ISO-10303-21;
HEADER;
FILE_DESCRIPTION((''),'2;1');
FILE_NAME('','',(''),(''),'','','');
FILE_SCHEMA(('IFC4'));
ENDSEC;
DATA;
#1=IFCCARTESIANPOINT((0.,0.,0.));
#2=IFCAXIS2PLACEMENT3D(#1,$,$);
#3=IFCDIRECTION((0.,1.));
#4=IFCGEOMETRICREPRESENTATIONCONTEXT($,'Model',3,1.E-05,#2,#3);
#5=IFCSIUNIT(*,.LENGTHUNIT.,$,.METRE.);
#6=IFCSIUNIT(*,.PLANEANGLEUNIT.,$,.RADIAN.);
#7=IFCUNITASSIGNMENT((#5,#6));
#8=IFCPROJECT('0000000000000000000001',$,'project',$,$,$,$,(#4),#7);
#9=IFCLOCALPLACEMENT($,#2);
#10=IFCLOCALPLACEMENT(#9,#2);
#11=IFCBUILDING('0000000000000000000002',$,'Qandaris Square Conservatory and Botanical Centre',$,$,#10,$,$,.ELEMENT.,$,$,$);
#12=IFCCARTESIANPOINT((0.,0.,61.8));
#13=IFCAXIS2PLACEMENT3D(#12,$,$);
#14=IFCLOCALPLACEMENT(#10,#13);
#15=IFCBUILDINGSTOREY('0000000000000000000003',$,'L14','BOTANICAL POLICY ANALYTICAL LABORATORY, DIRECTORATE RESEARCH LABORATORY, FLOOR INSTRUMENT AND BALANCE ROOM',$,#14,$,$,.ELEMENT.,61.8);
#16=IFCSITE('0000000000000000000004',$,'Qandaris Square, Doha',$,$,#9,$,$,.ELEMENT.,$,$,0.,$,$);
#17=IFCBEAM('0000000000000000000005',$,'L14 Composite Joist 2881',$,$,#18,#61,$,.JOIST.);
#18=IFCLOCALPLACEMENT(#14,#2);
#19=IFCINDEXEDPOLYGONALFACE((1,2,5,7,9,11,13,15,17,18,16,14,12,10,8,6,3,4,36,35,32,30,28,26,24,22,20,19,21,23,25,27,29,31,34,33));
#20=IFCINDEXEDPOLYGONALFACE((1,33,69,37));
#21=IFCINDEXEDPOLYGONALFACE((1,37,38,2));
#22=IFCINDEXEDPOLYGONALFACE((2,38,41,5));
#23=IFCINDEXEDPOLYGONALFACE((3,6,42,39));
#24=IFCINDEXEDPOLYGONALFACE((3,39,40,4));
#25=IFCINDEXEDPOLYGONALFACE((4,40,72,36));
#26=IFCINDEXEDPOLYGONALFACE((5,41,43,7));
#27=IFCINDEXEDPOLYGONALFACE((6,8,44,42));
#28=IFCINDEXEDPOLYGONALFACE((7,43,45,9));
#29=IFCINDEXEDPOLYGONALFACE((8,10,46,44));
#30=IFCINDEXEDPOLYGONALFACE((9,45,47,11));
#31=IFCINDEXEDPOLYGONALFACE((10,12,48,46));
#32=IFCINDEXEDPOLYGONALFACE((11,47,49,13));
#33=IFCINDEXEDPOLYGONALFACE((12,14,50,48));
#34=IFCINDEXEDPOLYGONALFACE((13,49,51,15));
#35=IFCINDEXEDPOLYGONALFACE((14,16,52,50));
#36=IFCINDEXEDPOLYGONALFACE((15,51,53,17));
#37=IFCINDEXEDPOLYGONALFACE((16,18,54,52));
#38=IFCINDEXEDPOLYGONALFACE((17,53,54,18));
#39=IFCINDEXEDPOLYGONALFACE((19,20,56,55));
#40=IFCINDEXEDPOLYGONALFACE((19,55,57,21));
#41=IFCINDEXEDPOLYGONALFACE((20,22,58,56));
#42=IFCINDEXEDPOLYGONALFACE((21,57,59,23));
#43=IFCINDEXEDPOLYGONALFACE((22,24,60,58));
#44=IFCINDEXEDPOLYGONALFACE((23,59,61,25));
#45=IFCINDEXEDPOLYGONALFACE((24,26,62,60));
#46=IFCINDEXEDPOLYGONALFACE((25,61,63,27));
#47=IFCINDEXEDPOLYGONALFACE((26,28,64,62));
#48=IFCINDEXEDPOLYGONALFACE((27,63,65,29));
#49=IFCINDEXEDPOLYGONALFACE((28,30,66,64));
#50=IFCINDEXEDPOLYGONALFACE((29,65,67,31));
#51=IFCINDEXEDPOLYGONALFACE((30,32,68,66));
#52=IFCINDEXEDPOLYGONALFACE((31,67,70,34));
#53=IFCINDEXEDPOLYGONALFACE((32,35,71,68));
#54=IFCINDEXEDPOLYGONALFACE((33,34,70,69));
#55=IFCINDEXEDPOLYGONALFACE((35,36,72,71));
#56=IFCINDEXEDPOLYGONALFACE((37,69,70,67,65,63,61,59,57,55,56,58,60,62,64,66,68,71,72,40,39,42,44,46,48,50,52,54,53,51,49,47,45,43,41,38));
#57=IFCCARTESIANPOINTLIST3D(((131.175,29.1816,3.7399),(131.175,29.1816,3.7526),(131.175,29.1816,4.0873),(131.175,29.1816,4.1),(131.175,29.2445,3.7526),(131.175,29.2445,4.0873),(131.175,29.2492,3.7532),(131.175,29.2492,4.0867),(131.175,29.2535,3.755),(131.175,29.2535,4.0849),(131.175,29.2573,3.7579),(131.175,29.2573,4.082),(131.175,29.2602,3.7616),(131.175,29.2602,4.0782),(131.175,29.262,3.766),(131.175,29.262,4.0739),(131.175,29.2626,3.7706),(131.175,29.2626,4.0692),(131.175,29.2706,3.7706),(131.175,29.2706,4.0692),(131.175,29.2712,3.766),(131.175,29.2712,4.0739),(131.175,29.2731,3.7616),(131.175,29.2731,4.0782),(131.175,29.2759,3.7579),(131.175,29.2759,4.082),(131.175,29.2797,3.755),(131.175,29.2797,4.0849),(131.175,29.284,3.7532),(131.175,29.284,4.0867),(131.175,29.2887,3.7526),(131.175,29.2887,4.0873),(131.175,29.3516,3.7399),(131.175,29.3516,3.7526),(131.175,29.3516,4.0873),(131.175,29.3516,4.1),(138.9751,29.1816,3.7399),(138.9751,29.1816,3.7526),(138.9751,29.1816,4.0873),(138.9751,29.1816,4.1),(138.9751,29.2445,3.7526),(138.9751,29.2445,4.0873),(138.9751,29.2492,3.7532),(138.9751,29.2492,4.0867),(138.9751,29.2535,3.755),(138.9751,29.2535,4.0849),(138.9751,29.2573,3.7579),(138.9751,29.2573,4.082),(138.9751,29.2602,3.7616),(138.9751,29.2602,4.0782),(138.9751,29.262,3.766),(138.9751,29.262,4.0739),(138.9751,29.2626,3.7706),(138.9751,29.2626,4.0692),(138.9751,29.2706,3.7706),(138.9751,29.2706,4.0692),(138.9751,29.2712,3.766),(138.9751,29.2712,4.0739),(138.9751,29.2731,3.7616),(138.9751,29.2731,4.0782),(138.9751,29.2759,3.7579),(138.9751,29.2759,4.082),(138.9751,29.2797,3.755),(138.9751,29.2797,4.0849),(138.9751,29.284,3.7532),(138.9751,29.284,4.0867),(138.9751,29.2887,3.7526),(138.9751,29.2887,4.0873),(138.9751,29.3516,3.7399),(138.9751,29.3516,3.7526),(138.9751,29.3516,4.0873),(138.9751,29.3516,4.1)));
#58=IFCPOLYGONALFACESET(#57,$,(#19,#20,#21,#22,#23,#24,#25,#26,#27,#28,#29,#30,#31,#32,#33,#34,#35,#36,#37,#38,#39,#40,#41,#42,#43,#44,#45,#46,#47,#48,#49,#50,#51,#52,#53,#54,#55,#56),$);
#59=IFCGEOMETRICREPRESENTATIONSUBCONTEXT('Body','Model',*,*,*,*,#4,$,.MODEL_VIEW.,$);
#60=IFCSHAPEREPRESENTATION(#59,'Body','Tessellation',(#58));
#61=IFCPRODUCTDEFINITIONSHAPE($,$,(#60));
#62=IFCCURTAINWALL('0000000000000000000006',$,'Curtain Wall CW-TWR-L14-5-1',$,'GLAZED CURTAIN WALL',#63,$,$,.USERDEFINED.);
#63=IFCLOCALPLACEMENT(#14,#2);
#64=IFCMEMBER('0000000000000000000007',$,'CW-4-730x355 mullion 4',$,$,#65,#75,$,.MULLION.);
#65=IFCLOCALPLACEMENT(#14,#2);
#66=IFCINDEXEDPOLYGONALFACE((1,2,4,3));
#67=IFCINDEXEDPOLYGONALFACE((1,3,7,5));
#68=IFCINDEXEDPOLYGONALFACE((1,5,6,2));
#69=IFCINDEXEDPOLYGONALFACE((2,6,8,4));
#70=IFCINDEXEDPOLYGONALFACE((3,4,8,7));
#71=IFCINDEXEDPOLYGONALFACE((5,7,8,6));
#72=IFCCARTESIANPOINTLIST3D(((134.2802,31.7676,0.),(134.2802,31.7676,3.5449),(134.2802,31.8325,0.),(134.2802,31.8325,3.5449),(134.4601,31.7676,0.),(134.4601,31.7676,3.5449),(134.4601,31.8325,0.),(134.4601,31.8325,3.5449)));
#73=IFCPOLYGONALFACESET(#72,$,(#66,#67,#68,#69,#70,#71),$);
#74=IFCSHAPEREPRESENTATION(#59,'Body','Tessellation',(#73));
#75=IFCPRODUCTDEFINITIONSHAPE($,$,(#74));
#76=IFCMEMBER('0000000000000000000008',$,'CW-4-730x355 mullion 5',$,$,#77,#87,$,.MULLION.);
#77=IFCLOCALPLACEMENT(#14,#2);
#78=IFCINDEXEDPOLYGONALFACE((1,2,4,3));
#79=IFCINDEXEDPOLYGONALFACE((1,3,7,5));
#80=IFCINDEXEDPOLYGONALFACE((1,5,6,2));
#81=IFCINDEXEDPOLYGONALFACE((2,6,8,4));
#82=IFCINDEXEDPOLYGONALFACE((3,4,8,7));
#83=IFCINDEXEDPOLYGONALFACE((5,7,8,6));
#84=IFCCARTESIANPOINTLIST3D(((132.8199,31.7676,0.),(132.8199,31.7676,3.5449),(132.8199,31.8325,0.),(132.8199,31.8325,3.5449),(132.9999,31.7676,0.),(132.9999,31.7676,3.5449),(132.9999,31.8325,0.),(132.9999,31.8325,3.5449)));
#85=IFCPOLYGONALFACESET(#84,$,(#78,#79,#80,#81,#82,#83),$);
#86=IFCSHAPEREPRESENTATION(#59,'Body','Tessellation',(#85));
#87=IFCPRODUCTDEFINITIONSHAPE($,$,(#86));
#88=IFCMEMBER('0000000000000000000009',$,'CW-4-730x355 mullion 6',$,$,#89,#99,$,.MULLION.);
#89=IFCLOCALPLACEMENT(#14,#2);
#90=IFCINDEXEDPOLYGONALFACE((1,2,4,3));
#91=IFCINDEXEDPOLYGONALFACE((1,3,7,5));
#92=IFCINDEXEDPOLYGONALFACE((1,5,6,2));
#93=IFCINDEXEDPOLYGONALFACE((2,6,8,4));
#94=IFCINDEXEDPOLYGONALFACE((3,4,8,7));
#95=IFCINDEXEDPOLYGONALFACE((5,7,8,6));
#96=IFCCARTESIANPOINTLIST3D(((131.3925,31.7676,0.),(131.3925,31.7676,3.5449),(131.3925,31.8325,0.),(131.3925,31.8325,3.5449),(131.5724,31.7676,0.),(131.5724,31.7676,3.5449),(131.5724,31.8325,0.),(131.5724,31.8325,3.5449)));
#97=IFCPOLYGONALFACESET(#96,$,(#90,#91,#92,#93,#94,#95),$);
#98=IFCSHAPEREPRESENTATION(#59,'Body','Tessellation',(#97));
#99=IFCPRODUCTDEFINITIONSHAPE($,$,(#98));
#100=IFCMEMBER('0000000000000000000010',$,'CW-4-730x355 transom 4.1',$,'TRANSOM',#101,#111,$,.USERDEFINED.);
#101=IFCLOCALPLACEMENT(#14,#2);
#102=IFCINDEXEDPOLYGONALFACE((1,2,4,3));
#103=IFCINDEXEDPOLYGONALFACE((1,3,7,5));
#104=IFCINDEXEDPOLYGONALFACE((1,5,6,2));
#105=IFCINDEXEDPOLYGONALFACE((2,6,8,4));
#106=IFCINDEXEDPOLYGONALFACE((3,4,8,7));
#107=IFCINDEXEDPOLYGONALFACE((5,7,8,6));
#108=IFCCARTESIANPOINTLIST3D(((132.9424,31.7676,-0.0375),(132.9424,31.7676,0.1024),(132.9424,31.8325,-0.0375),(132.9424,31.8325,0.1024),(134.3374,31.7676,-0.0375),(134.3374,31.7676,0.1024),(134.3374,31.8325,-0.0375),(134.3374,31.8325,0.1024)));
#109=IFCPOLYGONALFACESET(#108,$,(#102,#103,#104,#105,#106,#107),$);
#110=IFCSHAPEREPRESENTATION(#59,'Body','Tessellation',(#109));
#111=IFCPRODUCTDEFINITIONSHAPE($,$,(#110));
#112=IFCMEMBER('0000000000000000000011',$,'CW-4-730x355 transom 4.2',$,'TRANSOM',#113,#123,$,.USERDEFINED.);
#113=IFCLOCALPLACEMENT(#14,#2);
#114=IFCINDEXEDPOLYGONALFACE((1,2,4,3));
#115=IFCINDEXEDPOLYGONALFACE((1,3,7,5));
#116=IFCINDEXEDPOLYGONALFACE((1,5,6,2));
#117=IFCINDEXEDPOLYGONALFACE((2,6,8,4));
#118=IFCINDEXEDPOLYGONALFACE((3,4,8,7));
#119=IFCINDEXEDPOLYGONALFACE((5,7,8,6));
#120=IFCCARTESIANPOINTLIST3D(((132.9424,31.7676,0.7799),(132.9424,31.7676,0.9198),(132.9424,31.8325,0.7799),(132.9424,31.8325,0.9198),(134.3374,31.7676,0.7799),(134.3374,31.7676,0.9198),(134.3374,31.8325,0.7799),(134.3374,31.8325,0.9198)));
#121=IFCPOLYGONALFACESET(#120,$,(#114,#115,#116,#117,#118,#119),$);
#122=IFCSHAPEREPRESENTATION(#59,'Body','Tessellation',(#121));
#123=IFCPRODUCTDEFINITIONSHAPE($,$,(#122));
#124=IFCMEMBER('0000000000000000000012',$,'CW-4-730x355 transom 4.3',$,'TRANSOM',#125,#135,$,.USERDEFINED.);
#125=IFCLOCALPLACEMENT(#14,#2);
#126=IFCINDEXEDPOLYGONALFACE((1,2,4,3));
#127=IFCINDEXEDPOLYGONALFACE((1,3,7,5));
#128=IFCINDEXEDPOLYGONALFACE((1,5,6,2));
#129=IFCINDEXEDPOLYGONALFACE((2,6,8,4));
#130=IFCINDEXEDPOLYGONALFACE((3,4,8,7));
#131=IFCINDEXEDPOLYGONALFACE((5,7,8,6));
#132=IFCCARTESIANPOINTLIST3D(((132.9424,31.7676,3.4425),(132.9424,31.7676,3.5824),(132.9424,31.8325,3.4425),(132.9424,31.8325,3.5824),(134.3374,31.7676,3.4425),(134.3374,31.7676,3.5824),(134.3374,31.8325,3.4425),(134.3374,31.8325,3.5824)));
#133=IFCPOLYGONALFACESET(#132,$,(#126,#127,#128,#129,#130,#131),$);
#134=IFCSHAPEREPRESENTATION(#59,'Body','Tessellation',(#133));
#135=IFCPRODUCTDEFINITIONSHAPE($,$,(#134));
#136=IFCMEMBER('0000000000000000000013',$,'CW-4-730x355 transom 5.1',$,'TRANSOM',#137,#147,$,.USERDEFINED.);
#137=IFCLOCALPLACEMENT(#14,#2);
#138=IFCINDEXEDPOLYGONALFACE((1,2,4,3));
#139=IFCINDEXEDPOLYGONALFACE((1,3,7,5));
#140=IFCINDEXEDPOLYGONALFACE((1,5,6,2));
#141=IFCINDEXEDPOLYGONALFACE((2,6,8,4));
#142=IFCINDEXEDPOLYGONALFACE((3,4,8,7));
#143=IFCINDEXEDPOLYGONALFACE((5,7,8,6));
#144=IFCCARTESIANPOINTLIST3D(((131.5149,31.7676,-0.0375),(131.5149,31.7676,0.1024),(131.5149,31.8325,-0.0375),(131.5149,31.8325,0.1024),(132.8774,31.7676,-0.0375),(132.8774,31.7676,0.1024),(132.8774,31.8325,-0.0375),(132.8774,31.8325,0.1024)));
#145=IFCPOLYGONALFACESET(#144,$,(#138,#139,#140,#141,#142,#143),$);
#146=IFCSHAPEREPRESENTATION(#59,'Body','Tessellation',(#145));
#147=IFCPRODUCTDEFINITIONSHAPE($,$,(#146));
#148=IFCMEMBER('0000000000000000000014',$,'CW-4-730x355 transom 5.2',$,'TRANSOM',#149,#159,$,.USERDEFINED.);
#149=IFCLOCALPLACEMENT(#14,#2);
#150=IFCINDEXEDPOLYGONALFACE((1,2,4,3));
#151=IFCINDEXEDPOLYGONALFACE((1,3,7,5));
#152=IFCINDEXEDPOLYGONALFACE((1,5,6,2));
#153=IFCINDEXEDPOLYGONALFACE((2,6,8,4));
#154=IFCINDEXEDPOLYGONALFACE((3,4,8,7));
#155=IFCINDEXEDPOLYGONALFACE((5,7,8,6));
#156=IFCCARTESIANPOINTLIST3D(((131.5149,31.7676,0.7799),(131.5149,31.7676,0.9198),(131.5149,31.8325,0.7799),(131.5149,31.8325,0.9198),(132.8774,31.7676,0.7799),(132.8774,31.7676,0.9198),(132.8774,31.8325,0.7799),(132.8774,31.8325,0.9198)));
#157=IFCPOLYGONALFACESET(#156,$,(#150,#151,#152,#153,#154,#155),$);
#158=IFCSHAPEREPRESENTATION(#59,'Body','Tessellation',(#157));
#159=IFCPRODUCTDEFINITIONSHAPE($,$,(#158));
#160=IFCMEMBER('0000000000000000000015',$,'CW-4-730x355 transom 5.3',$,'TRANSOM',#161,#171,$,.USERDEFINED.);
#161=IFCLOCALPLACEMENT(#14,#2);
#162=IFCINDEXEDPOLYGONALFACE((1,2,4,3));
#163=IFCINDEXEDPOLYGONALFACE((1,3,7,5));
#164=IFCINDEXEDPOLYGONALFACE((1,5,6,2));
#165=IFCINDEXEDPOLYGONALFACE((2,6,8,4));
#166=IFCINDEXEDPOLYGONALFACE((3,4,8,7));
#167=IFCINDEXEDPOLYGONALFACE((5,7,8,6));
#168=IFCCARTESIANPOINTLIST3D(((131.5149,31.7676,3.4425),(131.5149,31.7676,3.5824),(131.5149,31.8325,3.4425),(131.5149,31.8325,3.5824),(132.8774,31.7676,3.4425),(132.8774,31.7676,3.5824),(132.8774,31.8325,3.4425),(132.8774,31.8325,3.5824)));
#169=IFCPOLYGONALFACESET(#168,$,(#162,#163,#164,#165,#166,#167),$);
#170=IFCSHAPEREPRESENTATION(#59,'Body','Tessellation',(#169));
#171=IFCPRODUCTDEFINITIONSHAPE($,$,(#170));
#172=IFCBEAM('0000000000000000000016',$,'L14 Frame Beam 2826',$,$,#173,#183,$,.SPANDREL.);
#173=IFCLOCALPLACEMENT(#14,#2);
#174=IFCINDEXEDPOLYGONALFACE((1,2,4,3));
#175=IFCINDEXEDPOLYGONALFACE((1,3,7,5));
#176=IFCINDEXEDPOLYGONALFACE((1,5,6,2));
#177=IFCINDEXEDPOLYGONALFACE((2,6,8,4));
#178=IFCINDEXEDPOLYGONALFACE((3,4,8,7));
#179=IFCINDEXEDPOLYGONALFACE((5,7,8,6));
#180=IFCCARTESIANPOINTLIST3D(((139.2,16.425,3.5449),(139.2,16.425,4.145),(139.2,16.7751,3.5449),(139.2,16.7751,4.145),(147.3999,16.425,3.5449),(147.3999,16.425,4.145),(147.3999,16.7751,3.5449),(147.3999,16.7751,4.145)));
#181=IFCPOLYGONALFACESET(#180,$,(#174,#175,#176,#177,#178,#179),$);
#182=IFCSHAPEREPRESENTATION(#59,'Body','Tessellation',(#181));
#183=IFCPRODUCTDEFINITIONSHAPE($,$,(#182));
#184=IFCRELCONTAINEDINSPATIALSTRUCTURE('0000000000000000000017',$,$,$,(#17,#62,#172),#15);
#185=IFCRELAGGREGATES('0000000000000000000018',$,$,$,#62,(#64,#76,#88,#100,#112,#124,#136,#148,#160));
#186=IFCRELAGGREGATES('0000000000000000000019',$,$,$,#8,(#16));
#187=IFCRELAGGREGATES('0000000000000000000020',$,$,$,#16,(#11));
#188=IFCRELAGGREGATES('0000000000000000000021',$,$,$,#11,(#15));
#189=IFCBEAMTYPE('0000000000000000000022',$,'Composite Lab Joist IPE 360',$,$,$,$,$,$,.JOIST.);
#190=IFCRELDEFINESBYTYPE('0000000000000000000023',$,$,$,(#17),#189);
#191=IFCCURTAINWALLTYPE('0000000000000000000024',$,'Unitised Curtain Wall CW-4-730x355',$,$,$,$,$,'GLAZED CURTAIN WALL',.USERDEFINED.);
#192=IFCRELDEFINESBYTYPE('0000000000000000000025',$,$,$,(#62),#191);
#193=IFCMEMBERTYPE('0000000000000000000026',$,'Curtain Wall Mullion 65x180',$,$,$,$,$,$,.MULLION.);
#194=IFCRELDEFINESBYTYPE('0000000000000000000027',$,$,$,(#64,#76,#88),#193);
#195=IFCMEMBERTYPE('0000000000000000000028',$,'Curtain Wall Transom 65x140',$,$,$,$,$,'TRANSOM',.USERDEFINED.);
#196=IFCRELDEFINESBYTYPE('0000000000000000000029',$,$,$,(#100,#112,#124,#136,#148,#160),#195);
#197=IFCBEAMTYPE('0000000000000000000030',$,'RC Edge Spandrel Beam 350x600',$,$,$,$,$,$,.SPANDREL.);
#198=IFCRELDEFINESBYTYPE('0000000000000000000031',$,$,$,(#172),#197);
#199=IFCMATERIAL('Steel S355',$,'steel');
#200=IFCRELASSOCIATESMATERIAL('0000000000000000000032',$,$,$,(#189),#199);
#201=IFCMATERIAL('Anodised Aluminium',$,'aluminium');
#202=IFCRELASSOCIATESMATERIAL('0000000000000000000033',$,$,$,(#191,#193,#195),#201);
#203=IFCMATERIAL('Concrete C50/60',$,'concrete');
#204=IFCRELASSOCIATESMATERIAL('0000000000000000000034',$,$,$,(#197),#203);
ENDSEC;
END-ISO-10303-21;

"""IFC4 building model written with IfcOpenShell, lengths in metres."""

from ifc_helpers import new_model, si_unit, direction, frame, origin, origin_2d, place, context, subcontext, project, spatial, rectangle, i_section, extrude, material, material_profile, profile_set, type_object, element, aggregate, save


model = new_model("IFC4")

# Units and contexts
model_context = context("Model", 3, precision=1e-05, world=origin(), true_north=direction((0.0, 1.0)))
body_context = subcontext(model_context, "Body", "Model", "MODEL_VIEW")
ifc_project = project(units=[si_unit("LENGTHUNIT", "METRE"), si_unit("PLANEANGLEUNIT", "RADIAN")], contexts=[model_context])

# Site, building, storey
site_placement = place(None, origin())
site = spatial("IfcSite", under=ifc_project, at=site_placement, Name="Qandaris Square, Doha", CompositionType="ELEMENT", RefElevation=0.0)
building_placement = place(site_placement, origin())
building = spatial("IfcBuilding", under=site, at=building_placement, Name="Qandaris Square Conservatory and Botanical Centre", CompositionType="ELEMENT")
storey_placement = place(building_placement, frame((0.0, 0.0, 61.8)))
storey = spatial("IfcBuildingStorey", under=building, at=storey_placement, Name="L14", Description="BOTANICAL POLICY ANALYTICAL LABORATORY, DIRECTORATE RESEARCH LABORATORY, FLOOR INSTRUMENT AND BALANCE ROOM", CompositionType="ELEMENT", Elevation=61.8)

# Shared definitions
ifc_material_1 = material(Name="Concrete C50/60", Category="concrete")

# Beam
ifc_material_2 = material(Name="Steel S355", Category="steel")
ifc_material_profile_1 = material_profile(ifc_material_2, i_section(OverallWidth=0.1699, OverallDepth=0.3601, WebThickness=0.0081, FlangeThickness=0.0127, FilletRadius=0.0181, at=origin_2d()), Name="IPE 360")
ifc_profile_set_1 = profile_set([ifc_material_profile_1], Name="Steel S355")
beam_type_1 = type_object("IfcBeamType", Name="Composite Lab Joist IPE 360", PredefinedType="JOIST", material=ifc_profile_set_1)
beam_1_placement = place(storey_placement, frame((131.175, 29.2666, 3.9199), z_axis=(1.0, 0.0, 0.0), x_axis=(0.0, 1.0, 0.0)))
element("IfcBeam", 1, at=beam_1_placement, inside=storey, type_object=beam_type_1, Name="L14 Composite Joist 2881", PredefinedType="JOIST", context=body_context, shape_type="SweptSolid", body=[
    extrude(i_section(OverallWidth=0.1699, OverallDepth=0.3601, WebThickness=0.0081, FlangeThickness=0.0127, FilletRadius=0.0181, at=origin_2d()), origin(), (0.0, 0.0, 1.0), 7.8),
])

# Curtain wall, members
ifc_material_3 = material(Name="Anodised Aluminium", Category="aluminium")
curtain_wall_type = type_object("IfcCurtainWallType", Name="Unitised Curtain Wall CW-4-730x355", ElementType="GLAZED CURTAIN WALL", PredefinedType="USERDEFINED", material=ifc_material_3)
curtain_wall_placement = place(storey_placement, origin())
curtain_wall = element("IfcCurtainWall", 2, at=curtain_wall_placement, inside=storey, type_object=curtain_wall_type, Name="Curtain Wall CW-TWR-L14-5-1", ObjectType="GLAZED CURTAIN WALL", PredefinedType="USERDEFINED")
ifc_material_profile_2 = material_profile(ifc_material_3, rectangle(XDim=0.0649, YDim=0.1799, at=origin_2d()), Name="ALU-MUL 65x180")
ifc_profile_set_2 = profile_set([ifc_material_profile_2], Name="Anodised Aluminium")
member_type_1 = type_object("IfcMemberType", Name="Curtain Wall Mullion 65x180", PredefinedType="MULLION", material=ifc_profile_set_2)
member_1_placement = place(storey_placement, frame((134.3701, 31.8, 0.0), z_axis=(0.0, 0.0, 1.0), x_axis=(0.0, -1.0, 0.0)))
member_1 = element("IfcMember", 3, at=member_1_placement, type_object=member_type_1, Name="CW-4-730x355 mullion 4", PredefinedType="MULLION", context=body_context, shape_type="SweptSolid", body=[
    extrude(rectangle(XDim=0.0649, YDim=0.1799, at=origin_2d()), origin(), (0.0, 0.0, 1.0), 3.5449),
])
member_2_placement = place(storey_placement, frame((132.9099, 31.8, 0.0), z_axis=(0.0, 0.0, 1.0), x_axis=(0.0, -1.0, 0.0)))
member_2 = element("IfcMember", 4, at=member_2_placement, type_object=member_type_1, Name="CW-4-730x355 mullion 5", PredefinedType="MULLION", context=body_context, shape_type="SweptSolid", body=[
    extrude(rectangle(XDim=0.0649, YDim=0.1799, at=origin_2d()), origin(), (0.0, 0.0, 1.0), 3.5449),
])
member_3_placement = place(storey_placement, frame((131.4824, 31.8, 0.0), z_axis=(0.0, 0.0, 1.0), x_axis=(0.0, -1.0, 0.0)))
member_3 = element("IfcMember", 5, at=member_3_placement, type_object=member_type_1, Name="CW-4-730x355 mullion 6", PredefinedType="MULLION", context=body_context, shape_type="SweptSolid", body=[
    extrude(rectangle(XDim=0.0649, YDim=0.1799, at=origin_2d()), origin(), (0.0, 0.0, 1.0), 3.5449),
])
ifc_material_profile_3 = material_profile(ifc_material_3, rectangle(XDim=0.0649, YDim=0.1399, at=origin_2d()), Name="ALU-TRN 65x140")
ifc_profile_set_3 = profile_set([ifc_material_profile_3], Name="Anodised Aluminium")
member_type_2 = type_object("IfcMemberType", Name="Curtain Wall Transom 65x140", ElementType="TRANSOM", PredefinedType="USERDEFINED", material=ifc_profile_set_3)
member_4_placement = place(storey_placement, frame((134.3374, 31.8, 0.0325), z_axis=(-1.0, 0.0, 0.0), x_axis=(0.0, -1.0, 0.0)))
member_4 = element("IfcMember", 6, at=member_4_placement, type_object=member_type_2, Name="CW-4-730x355 transom 4.1", ObjectType="TRANSOM", PredefinedType="USERDEFINED", context=body_context, shape_type="SweptSolid", body=[
    extrude(rectangle(XDim=0.0649, YDim=0.1399, at=origin_2d()), origin(), (0.0, 0.0, 1.0), 1.395),
])
member_5_placement = place(storey_placement, frame((134.3374, 31.8, 0.8499), z_axis=(-1.0, 0.0, 0.0), x_axis=(0.0, -1.0, 0.0)))
member_5 = element("IfcMember", 7, at=member_5_placement, type_object=member_type_2, Name="CW-4-730x355 transom 4.2", ObjectType="TRANSOM", PredefinedType="USERDEFINED", context=body_context, shape_type="SweptSolid", body=[
    extrude(rectangle(XDim=0.0649, YDim=0.1399, at=origin_2d()), origin(), (0.0, 0.0, 1.0), 1.395),
])
member_6_placement = place(storey_placement, frame((134.3374, 31.8, 3.5125), z_axis=(-1.0, 0.0, 0.0), x_axis=(0.0, -1.0, 0.0)))
member_6 = element("IfcMember", 8, at=member_6_placement, type_object=member_type_2, Name="CW-4-730x355 transom 4.3", ObjectType="TRANSOM", PredefinedType="USERDEFINED", context=body_context, shape_type="SweptSolid", body=[
    extrude(rectangle(XDim=0.0649, YDim=0.1399, at=origin_2d()), origin(), (0.0, 0.0, 1.0), 1.395),
])
member_7_placement = place(storey_placement, frame((132.8774, 31.8, 0.0325), z_axis=(-1.0, 0.0, 0.0), x_axis=(0.0, -1.0, 0.0)))
member_7 = element("IfcMember", 9, at=member_7_placement, type_object=member_type_2, Name="CW-4-730x355 transom 5.1", ObjectType="TRANSOM", PredefinedType="USERDEFINED", context=body_context, shape_type="SweptSolid", body=[
    extrude(rectangle(XDim=0.0649, YDim=0.1399, at=origin_2d()), origin(), (0.0, 0.0, 1.0), 1.3625),
])
member_8_placement = place(storey_placement, frame((132.8774, 31.8, 0.8499), z_axis=(-1.0, 0.0, 0.0), x_axis=(0.0, -1.0, 0.0)))
member_8 = element("IfcMember", 10, at=member_8_placement, type_object=member_type_2, Name="CW-4-730x355 transom 5.2", ObjectType="TRANSOM", PredefinedType="USERDEFINED", context=body_context, shape_type="SweptSolid", body=[
    extrude(rectangle(XDim=0.0649, YDim=0.1399, at=origin_2d()), origin(), (0.0, 0.0, 1.0), 1.3625),
])
member_9_placement = place(storey_placement, frame((132.8774, 31.8, 3.5125), z_axis=(-1.0, 0.0, 0.0), x_axis=(0.0, -1.0, 0.0)))
member_9 = element("IfcMember", 11, at=member_9_placement, type_object=member_type_2, Name="CW-4-730x355 transom 5.3", ObjectType="TRANSOM", PredefinedType="USERDEFINED", context=body_context, shape_type="SweptSolid", body=[
    extrude(rectangle(XDim=0.0649, YDim=0.1399, at=origin_2d()), origin(), (0.0, 0.0, 1.0), 1.3625),
])

# Beam
ifc_material_profile_4 = material_profile(ifc_material_1, rectangle(XDim=0.3501, YDim=0.6001, at=origin_2d()), Name="RC-SP 350x600")
ifc_profile_set_4 = profile_set([ifc_material_profile_4], Name="Concrete C50/60")
beam_type_2 = type_object("IfcBeamType", Name="RC Edge Spandrel Beam 350x600", PredefinedType="SPANDREL", material=ifc_profile_set_4)
beam_2_placement = place(storey_placement, frame((139.2, 16.6001, 3.845), z_axis=(1.0, 0.0, 0.0), x_axis=(0.0, 1.0, 0.0)))
element("IfcBeam", 12, at=beam_2_placement, inside=storey, type_object=beam_type_2, Name="L14 Frame Beam 2826", PredefinedType="SPANDREL", context=body_context, shape_type="SweptSolid", body=[
    extrude(rectangle(XDim=0.3501, YDim=0.6001, at=origin_2d()), origin(), (0.0, 0.0, 1.0), 8.2),
])

aggregate(curtain_wall, [member_1, member_2, member_3, member_4, member_5, member_6, member_7, member_8, member_9])

save(model, "model.ifc")
